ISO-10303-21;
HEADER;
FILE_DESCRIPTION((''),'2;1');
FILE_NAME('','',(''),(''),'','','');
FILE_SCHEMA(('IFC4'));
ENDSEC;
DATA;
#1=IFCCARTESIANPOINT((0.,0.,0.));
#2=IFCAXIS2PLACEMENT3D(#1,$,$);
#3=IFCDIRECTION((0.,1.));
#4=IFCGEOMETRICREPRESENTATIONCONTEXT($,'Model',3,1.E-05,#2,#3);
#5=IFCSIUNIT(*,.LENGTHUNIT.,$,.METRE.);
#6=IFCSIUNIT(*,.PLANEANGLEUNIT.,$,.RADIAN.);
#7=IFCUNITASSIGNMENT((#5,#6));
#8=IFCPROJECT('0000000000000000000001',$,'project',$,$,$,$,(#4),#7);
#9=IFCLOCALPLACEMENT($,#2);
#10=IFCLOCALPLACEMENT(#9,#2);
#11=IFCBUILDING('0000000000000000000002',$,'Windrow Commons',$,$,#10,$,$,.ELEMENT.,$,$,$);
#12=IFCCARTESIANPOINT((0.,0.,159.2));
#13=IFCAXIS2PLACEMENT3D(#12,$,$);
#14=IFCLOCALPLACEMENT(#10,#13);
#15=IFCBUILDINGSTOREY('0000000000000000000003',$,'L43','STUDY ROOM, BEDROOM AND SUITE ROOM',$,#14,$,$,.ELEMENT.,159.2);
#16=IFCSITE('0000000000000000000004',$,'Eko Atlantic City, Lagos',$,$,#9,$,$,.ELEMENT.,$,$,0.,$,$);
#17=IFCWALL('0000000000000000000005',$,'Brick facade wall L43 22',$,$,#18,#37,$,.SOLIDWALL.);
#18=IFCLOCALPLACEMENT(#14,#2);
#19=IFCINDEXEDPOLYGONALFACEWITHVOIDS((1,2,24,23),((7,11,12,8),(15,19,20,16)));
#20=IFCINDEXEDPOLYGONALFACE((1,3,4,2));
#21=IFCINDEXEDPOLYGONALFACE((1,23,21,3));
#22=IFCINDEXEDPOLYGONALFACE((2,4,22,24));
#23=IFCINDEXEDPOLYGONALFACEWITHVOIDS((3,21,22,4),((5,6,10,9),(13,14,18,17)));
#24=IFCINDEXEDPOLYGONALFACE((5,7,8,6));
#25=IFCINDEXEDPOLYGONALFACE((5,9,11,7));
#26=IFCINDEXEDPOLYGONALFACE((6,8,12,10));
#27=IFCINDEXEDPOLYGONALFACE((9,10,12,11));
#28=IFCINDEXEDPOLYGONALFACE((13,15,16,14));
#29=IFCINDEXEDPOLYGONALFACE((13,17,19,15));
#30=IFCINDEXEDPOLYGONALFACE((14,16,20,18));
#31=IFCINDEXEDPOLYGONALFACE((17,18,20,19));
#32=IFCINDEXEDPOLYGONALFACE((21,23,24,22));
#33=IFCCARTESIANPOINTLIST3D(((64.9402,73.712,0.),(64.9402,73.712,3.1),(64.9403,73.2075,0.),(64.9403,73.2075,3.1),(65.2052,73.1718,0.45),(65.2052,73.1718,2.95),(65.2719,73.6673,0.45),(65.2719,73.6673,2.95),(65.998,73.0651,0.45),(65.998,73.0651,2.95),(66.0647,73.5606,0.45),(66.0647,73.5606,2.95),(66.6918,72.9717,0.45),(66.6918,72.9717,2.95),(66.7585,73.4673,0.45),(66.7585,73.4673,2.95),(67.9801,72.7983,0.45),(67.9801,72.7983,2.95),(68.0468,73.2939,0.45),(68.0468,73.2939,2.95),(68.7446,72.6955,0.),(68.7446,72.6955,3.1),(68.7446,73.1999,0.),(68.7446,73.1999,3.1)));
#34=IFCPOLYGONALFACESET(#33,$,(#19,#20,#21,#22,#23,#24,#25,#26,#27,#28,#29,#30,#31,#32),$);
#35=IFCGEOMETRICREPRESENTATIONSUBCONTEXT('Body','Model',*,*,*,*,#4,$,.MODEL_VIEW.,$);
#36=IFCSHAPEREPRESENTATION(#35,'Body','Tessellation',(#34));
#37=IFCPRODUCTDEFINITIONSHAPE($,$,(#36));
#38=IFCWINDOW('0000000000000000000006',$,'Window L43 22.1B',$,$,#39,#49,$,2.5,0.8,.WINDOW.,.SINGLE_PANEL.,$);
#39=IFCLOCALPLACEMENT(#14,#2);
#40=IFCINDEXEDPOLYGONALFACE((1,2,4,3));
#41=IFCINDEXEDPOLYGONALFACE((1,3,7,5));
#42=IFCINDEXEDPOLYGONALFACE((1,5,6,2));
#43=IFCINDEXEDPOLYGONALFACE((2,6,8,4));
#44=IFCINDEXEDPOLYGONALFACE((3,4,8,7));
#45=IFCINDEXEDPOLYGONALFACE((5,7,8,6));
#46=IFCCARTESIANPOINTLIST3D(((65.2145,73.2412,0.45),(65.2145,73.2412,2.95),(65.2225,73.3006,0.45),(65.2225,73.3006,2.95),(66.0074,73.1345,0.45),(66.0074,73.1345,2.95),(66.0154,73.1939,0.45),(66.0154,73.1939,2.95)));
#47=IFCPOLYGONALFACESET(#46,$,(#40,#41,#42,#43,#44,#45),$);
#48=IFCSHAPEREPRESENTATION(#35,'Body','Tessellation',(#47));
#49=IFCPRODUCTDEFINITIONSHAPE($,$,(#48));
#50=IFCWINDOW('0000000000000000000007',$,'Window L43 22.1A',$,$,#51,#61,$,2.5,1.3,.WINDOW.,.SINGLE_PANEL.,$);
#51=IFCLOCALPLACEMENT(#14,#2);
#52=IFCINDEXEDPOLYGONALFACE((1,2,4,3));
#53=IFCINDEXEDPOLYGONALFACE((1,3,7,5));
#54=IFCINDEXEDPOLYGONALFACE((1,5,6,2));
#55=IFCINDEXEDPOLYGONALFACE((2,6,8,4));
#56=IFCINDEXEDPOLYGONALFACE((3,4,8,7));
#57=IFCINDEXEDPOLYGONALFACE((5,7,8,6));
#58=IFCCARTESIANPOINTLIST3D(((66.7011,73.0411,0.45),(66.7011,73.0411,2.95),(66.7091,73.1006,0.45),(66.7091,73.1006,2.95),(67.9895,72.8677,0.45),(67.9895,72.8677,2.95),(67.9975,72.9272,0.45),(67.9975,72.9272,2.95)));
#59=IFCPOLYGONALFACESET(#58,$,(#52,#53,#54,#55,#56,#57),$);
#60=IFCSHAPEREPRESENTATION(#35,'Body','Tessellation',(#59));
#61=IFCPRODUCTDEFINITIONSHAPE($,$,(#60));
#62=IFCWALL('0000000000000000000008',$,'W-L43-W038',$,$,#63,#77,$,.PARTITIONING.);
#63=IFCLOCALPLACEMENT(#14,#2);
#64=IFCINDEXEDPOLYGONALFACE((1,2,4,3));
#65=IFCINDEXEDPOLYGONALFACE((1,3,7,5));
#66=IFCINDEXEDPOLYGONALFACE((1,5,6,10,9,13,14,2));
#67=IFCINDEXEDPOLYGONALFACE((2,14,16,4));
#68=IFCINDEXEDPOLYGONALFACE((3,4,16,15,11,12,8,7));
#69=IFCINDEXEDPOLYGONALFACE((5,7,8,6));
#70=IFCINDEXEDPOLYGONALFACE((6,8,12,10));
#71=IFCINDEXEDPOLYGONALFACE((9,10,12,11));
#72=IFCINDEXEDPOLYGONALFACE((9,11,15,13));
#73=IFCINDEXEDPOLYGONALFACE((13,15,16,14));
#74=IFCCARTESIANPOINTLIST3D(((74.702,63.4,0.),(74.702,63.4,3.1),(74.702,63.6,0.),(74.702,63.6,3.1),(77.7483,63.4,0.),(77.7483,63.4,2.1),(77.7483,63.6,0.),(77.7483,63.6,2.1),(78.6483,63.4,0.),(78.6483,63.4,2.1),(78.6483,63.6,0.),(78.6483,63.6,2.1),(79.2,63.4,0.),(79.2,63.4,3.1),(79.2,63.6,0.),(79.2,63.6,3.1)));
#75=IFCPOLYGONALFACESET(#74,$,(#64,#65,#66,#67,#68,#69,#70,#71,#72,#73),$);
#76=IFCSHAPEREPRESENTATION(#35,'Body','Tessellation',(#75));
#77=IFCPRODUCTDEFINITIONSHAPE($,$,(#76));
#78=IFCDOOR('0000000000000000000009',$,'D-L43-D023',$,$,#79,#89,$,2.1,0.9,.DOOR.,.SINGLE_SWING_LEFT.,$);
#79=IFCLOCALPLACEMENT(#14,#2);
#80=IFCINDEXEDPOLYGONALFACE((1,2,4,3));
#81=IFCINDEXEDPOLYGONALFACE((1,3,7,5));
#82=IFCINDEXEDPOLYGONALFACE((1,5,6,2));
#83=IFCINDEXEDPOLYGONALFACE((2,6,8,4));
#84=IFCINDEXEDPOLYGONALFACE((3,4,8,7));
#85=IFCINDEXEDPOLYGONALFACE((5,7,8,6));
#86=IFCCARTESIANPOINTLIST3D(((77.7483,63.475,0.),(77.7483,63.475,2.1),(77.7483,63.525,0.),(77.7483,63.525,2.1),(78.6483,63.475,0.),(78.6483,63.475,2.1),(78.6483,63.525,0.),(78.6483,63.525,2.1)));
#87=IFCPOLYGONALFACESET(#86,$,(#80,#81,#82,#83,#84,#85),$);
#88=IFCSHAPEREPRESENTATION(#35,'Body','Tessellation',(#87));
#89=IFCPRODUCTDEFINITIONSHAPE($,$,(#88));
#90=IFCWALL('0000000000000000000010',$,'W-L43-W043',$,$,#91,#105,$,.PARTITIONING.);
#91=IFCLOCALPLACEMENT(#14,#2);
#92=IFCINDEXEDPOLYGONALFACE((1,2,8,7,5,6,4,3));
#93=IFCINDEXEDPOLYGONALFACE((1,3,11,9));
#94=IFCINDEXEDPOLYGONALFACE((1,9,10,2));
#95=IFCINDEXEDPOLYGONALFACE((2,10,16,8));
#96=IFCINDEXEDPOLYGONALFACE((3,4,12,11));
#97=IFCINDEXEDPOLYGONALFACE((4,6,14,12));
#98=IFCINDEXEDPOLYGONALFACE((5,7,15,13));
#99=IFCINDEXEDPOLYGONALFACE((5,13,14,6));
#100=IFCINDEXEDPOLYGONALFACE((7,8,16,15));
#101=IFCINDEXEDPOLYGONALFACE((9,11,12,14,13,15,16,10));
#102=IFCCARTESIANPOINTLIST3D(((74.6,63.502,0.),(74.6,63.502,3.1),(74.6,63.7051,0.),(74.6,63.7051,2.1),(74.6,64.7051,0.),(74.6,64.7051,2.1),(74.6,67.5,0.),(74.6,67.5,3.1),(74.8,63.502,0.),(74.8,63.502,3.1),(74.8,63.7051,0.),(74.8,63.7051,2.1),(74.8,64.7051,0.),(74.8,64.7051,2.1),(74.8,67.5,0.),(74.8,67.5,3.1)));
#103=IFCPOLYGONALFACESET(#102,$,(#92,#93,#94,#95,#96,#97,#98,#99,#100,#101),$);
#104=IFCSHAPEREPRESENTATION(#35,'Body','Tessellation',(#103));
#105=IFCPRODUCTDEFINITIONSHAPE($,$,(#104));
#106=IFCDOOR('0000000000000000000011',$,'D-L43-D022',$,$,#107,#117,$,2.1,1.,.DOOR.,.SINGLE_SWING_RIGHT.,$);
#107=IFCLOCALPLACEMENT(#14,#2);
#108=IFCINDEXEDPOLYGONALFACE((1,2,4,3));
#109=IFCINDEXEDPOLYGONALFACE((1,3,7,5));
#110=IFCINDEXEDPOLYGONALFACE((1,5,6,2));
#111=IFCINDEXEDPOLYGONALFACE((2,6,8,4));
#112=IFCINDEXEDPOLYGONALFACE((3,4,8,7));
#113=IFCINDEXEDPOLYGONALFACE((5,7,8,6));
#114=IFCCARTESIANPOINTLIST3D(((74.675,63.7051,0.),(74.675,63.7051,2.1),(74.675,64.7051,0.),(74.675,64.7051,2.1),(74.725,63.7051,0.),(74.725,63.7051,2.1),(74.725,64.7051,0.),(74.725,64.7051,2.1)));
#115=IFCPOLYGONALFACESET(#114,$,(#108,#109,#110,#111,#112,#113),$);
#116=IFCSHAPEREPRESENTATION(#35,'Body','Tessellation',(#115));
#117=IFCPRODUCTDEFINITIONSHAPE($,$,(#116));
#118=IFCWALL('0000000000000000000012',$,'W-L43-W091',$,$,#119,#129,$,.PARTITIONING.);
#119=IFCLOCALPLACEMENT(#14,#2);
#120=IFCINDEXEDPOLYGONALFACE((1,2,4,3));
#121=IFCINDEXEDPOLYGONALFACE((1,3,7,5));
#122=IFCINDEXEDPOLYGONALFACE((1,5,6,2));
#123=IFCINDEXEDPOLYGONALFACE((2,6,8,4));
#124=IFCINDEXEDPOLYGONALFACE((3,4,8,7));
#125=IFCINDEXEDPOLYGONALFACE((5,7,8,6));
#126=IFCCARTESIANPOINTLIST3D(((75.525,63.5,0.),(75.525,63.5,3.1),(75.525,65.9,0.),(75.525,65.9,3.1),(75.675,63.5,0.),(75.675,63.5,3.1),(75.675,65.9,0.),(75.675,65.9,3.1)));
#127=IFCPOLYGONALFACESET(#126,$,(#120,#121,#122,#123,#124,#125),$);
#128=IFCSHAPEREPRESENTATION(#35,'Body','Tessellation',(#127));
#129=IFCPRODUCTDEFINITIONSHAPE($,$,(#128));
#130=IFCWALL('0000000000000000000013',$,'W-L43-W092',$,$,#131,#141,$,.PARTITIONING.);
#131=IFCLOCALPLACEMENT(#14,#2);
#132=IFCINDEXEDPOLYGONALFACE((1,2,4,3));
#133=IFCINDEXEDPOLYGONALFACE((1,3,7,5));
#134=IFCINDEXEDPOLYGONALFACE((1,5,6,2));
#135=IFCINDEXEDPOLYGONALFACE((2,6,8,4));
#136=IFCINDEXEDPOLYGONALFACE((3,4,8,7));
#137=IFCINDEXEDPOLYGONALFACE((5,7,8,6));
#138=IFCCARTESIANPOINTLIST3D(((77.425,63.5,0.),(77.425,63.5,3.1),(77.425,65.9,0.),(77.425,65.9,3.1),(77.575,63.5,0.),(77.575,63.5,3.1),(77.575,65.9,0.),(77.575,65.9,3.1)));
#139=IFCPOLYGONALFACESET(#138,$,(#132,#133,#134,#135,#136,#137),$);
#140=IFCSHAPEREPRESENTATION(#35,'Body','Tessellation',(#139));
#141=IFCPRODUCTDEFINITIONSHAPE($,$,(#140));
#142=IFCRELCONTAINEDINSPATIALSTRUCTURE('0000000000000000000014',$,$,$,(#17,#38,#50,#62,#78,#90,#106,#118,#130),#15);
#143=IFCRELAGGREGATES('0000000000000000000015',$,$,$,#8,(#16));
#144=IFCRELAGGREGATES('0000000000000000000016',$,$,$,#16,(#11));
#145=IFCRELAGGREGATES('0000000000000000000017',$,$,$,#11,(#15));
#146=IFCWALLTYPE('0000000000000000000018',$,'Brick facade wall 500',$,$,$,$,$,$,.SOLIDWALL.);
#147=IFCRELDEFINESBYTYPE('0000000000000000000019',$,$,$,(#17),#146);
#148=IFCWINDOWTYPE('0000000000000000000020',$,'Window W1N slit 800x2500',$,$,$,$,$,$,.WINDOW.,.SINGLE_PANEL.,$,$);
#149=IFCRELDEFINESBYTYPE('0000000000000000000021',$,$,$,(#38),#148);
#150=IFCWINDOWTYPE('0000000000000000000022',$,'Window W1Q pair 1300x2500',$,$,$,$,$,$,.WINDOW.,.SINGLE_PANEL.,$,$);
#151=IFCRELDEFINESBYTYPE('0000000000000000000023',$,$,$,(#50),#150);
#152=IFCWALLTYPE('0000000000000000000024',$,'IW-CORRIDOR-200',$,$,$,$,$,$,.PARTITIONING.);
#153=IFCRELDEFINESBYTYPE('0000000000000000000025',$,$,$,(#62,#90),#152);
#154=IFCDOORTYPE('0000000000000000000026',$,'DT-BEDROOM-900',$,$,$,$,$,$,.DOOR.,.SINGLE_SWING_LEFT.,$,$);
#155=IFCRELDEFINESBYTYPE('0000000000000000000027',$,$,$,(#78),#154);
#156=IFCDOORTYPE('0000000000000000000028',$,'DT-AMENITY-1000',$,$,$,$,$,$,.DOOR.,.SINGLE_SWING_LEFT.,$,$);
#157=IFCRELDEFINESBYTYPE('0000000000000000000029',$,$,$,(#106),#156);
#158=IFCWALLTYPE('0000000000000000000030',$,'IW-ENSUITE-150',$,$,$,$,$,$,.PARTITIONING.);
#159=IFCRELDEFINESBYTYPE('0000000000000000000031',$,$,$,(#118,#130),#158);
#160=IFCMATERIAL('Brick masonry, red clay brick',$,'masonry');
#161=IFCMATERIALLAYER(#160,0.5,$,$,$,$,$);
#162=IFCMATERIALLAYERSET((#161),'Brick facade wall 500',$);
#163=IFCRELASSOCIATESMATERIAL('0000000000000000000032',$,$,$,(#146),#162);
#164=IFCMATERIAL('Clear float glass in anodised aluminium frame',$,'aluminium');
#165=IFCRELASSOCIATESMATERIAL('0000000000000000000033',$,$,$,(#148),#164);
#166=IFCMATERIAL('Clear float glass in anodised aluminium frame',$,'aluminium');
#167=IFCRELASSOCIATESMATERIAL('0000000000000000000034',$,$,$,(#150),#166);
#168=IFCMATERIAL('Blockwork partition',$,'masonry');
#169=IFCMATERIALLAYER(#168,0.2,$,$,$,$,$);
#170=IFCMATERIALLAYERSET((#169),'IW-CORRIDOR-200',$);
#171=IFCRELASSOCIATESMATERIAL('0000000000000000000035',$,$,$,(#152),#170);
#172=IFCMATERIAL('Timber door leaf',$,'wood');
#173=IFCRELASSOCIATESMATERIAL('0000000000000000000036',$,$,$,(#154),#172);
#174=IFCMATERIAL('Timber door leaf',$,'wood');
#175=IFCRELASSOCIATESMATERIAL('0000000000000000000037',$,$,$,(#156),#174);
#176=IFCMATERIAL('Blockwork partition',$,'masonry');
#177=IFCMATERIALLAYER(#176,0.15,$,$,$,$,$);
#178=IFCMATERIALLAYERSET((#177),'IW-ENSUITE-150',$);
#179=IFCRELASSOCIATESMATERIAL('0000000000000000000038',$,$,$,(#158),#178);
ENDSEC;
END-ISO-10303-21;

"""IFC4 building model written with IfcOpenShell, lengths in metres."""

from ifc_helpers import new_model, si_unit, direction, frame, frame_2d, origin, place, context, subcontext, project, spatial, polyline, rectangle, outline, extrude, material, layer, layer_set, type_object, element, fill, save


model = new_model("IFC4")

# Units and contexts
model_context = context("Model", 3, precision=1e-05, world=origin(), true_north=direction((0.0, 1.0)))
body_context = subcontext(model_context, "Body", "Model", "MODEL_VIEW")
ifc_project = project(units=[si_unit("LENGTHUNIT", "METRE"), si_unit("PLANEANGLEUNIT", "RADIAN")], contexts=[model_context])

# Site, building, storey
site_placement = place(None, origin())
site = spatial("IfcSite", under=ifc_project, at=site_placement, Name="Eko Atlantic City, Lagos", CompositionType="ELEMENT", RefElevation=0.0)
building_placement = place(site_placement, origin())
building = spatial("IfcBuilding", under=site, at=building_placement, Name="Windrow Commons", CompositionType="ELEMENT")
storey_placement = place(building_placement, frame((0.0, 0.0, 159.2)))
storey = spatial("IfcBuildingStorey", under=building, at=storey_placement, Name="L43", Description="STUDY ROOM, BEDROOM AND SUITE ROOM", CompositionType="ELEMENT", Elevation=159.2)

# Shared definitions
ifc_material_1 = material(Name="Brick masonry, red clay brick", Category="masonry")
ifc_layer_1 = layer(ifc_material_1, 0.5)
ifc_layer_set_1 = layer_set([ifc_layer_1], Name="Brick facade wall 500")
wall_type_1 = type_object("IfcWallType", Name="Brick facade wall 500", PredefinedType="SOLIDWALL", material=ifc_layer_set_1)

# Wall, openings, windows
wall_1_placement = place(storey_placement, frame((68.7446, 72.9477, 0.0), z_axis=(0.0, 0.0, 1.0), x_axis=(-0.991065, 0.133382, 0.0)))
wall_1 = element("IfcWall", 1, at=wall_1_placement, inside=storey, type_object=wall_type_1, Name="Brick facade wall L43 22", PredefinedType="SOLIDWALL", context=body_context, shape_type="SweptSolid", body=[
    extrude(outline(polyline([(0.0336, -0.25), (3.8723, -0.25), (3.805, 0.25), (-0.0336, 0.25), (0.0336, -0.25)])), origin(), (0.0, 0.0, 1.0), 3.1),
])
opening_1_placement = place(wall_1_placement, frame((0.7377, 0.0, 0.45)))
opening_1 = element("IfcOpeningElement", 2, at=opening_1_placement, cuts=wall_1, PredefinedType="OPENING", context=body_context, shape_type="SweptSolid", body=[
    extrude(rectangle(XDim=1.3, YDim=2.5, at=frame_2d((0.65, 1.25))), frame((0.0, 0.26, 0.0), z_axis=(0.0, -1.0, 0.0), x_axis=(1.0, 0.0, 0.0)), (0.0, 0.0, 1.0), 0.52),
])
opening_2_placement = place(wall_1_placement, frame((2.7377, 0.0, 0.45)))
opening_2 = element("IfcOpeningElement", 3, at=opening_2_placement, cuts=wall_1, PredefinedType="OPENING", context=body_context, shape_type="SweptSolid", body=[
    extrude(rectangle(XDim=0.8, YDim=2.5, at=frame_2d((0.4, 1.25))), frame((0.0, 0.26, 0.0), z_axis=(0.0, -1.0, 0.0), x_axis=(1.0, 0.0, 0.0)), (0.0, 0.0, 1.0), 0.52),
])
ifc_material_2 = material(Name="Clear float glass in anodised aluminium frame", Category="aluminium")
window_type_1 = type_object("IfcWindowType", Name="Window W1N slit 800x2500", PartitioningType="SINGLE_PANEL", PredefinedType="WINDOW", material=ifc_material_2)
window_1_placement = place(opening_2_placement, origin())
window_1 = element("IfcWindow", 4, at=window_1_placement, inside=storey, type_object=window_type_1, Name="Window L43 22.1B", OverallHeight=2.5, OverallWidth=0.8, PartitioningType="SINGLE_PANEL", PredefinedType="WINDOW", context=body_context, shape_type="SweptSolid", body=[
    extrude(rectangle(XDim=0.8, YDim=2.5, at=frame_2d((0.4, 1.25))), frame((0.0, 0.18, 0.0), z_axis=(0.0, -1.0, 0.0), x_axis=(1.0, 0.0, 0.0)), (0.0, 0.0, 1.0), 0.06),
])
fill(opening_2, window_1)
ifc_material_3 = material(Name="Clear float glass in anodised aluminium frame", Category="aluminium")
window_type_2 = type_object("IfcWindowType", Name="Window W1Q pair 1300x2500", PartitioningType="SINGLE_PANEL", PredefinedType="WINDOW", material=ifc_material_3)
window_2_placement = place(opening_1_placement, origin())
window_2 = element("IfcWindow", 5, at=window_2_placement, inside=storey, type_object=window_type_2, Name="Window L43 22.1A", OverallHeight=2.5, OverallWidth=1.3, PartitioningType="SINGLE_PANEL", PredefinedType="WINDOW", context=body_context, shape_type="SweptSolid", body=[
    extrude(rectangle(XDim=1.3, YDim=2.5, at=frame_2d((0.65, 1.25))), frame((0.0, 0.18, 0.0), z_axis=(0.0, -1.0, 0.0), x_axis=(1.0, 0.0, 0.0)), (0.0, 0.0, 1.0), 0.06),
])
fill(opening_1, window_2)

# Walls, openings, doors
ifc_material_4 = material(Name="Blockwork partition", Category="masonry")
ifc_layer_2 = layer(ifc_material_4, 0.2)
ifc_layer_set_2 = layer_set([ifc_layer_2], Name="IW-CORRIDOR-200")
wall_type_2 = type_object("IfcWallType", Name="IW-CORRIDOR-200", PredefinedType="PARTITIONING", material=ifc_layer_set_2)
wall_2_placement = place(storey_placement, frame((74.702, 63.5, 0.0), z_axis=(0.0, 0.0, 1.0), x_axis=(1.0, 0.0, 0.0)))
wall_2 = element("IfcWall", 6, at=wall_2_placement, inside=storey, type_object=wall_type_2, Name="W-L43-W038", PredefinedType="PARTITIONING", context=body_context, shape_type="SweptSolid", body=[
    extrude(rectangle(XDim=4.498, YDim=0.2, at=frame_2d((2.249, 0.0))), origin(), (0.0, 0.0, 1.0), 3.1),
])
opening_3_placement = place(wall_2_placement, frame((3.0463, 0.0, 0.0)))
opening_3 = element("IfcOpeningElement", 7, at=opening_3_placement, cuts=wall_2, PredefinedType="OPENING", context=body_context, shape_type="SweptSolid", body=[
    extrude(rectangle(XDim=0.9, YDim=2.1, at=frame_2d((0.45, 1.05))), frame((0.0, 0.11, 0.0), z_axis=(0.0, -1.0, 0.0), x_axis=(1.0, 0.0, 0.0)), (0.0, 0.0, 1.0), 0.22),
])
ifc_material_5 = material(Name="Timber door leaf", Category="wood")
door_type_1 = type_object("IfcDoorType", Name="DT-BEDROOM-900", OperationType="SINGLE_SWING_LEFT", PredefinedType="DOOR", material=ifc_material_5)
door_1_placement = place(opening_3_placement, origin())
door_1 = element("IfcDoor", 8, at=door_1_placement, inside=storey, type_object=door_type_1, Name="D-L43-D023", OperationType="SINGLE_SWING_LEFT", OverallHeight=2.1, OverallWidth=0.9, PredefinedType="DOOR", context=body_context, shape_type="SweptSolid", body=[
    extrude(rectangle(XDim=0.9, YDim=2.1, at=frame_2d((0.45, 1.05))), frame((0.0, 0.025, 0.0), z_axis=(0.0, -1.0, 0.0), x_axis=(1.0, 0.0, 0.0)), (0.0, 0.0, 1.0), 0.05),
])
fill(opening_3, door_1)
wall_3_placement = place(storey_placement, frame((74.7, 63.502, 0.0), z_axis=(0.0, 0.0, 1.0), x_axis=(0.0, 1.0, 0.0)))
wall_3 = element("IfcWall", 9, at=wall_3_placement, inside=storey, type_object=wall_type_2, Name="W-L43-W043", PredefinedType="PARTITIONING", context=body_context, shape_type="SweptSolid", body=[
    extrude(rectangle(XDim=3.998, YDim=0.2, at=frame_2d((1.999, 0.0))), origin(), (0.0, 0.0, 1.0), 3.1),
])
opening_4_placement = place(wall_3_placement, frame((0.2031, 0.0, 0.0)))
opening_4 = element("IfcOpeningElement", 10, at=opening_4_placement, cuts=wall_3, PredefinedType="OPENING", context=body_context, shape_type="SweptSolid", body=[
    extrude(rectangle(XDim=1.0, YDim=2.1, at=frame_2d((0.5, 1.05))), frame((0.0, 0.11, 0.0), z_axis=(0.0, -1.0, 0.0), x_axis=(1.0, 0.0, 0.0)), (0.0, 0.0, 1.0), 0.22),
])
ifc_material_6 = material(Name="Timber door leaf", Category="wood")
door_type_2 = type_object("IfcDoorType", Name="DT-AMENITY-1000", OperationType="SINGLE_SWING_LEFT", PredefinedType="DOOR", material=ifc_material_6)
door_2_placement = place(opening_4_placement, origin())
door_2 = element("IfcDoor", 11, at=door_2_placement, inside=storey, type_object=door_type_2, Name="D-L43-D022", OperationType="SINGLE_SWING_RIGHT", OverallHeight=2.1, OverallWidth=1.0, PredefinedType="DOOR", context=body_context, shape_type="SweptSolid", body=[
    extrude(rectangle(XDim=1.0, YDim=2.1, at=frame_2d((0.5, 1.05))), frame((0.0, 0.025, 0.0), z_axis=(0.0, -1.0, 0.0), x_axis=(1.0, 0.0, 0.0)), (0.0, 0.0, 1.0), 0.05),
])
fill(opening_4, door_2)

# Walls
ifc_material_7 = material(Name="Blockwork partition", Category="masonry")
ifc_layer_3 = layer(ifc_material_7, 0.15)
ifc_layer_set_3 = layer_set([ifc_layer_3], Name="IW-ENSUITE-150")
wall_type_3 = type_object("IfcWallType", Name="IW-ENSUITE-150", PredefinedType="PARTITIONING", material=ifc_layer_set_3)
for number, where, z_axis, x_axis, name in (
    (12, (75.6, 63.5, 0.0), (0.0, 0.0, 1.0), (0.0, 1.0, 0.0), "W-L43-W091"),
    (13, (77.5, 63.5, 0.0), (0.0, 0.0, 1.0), (0.0, 1.0, 0.0), "W-L43-W092"),
):
    element("IfcWall", number, at=place(storey_placement, frame(where, z_axis=z_axis, x_axis=x_axis)), inside=storey, type_object=wall_type_3, Name=name, PredefinedType="PARTITIONING", context=body_context, shape_type="SweptSolid", body=[
        extrude(rectangle(XDim=2.4, YDim=0.15, at=frame_2d((1.2, 0.0))), origin(), (0.0, 0.0, 1.0), 3.1),
    ])

save(model, "model.ifc")
